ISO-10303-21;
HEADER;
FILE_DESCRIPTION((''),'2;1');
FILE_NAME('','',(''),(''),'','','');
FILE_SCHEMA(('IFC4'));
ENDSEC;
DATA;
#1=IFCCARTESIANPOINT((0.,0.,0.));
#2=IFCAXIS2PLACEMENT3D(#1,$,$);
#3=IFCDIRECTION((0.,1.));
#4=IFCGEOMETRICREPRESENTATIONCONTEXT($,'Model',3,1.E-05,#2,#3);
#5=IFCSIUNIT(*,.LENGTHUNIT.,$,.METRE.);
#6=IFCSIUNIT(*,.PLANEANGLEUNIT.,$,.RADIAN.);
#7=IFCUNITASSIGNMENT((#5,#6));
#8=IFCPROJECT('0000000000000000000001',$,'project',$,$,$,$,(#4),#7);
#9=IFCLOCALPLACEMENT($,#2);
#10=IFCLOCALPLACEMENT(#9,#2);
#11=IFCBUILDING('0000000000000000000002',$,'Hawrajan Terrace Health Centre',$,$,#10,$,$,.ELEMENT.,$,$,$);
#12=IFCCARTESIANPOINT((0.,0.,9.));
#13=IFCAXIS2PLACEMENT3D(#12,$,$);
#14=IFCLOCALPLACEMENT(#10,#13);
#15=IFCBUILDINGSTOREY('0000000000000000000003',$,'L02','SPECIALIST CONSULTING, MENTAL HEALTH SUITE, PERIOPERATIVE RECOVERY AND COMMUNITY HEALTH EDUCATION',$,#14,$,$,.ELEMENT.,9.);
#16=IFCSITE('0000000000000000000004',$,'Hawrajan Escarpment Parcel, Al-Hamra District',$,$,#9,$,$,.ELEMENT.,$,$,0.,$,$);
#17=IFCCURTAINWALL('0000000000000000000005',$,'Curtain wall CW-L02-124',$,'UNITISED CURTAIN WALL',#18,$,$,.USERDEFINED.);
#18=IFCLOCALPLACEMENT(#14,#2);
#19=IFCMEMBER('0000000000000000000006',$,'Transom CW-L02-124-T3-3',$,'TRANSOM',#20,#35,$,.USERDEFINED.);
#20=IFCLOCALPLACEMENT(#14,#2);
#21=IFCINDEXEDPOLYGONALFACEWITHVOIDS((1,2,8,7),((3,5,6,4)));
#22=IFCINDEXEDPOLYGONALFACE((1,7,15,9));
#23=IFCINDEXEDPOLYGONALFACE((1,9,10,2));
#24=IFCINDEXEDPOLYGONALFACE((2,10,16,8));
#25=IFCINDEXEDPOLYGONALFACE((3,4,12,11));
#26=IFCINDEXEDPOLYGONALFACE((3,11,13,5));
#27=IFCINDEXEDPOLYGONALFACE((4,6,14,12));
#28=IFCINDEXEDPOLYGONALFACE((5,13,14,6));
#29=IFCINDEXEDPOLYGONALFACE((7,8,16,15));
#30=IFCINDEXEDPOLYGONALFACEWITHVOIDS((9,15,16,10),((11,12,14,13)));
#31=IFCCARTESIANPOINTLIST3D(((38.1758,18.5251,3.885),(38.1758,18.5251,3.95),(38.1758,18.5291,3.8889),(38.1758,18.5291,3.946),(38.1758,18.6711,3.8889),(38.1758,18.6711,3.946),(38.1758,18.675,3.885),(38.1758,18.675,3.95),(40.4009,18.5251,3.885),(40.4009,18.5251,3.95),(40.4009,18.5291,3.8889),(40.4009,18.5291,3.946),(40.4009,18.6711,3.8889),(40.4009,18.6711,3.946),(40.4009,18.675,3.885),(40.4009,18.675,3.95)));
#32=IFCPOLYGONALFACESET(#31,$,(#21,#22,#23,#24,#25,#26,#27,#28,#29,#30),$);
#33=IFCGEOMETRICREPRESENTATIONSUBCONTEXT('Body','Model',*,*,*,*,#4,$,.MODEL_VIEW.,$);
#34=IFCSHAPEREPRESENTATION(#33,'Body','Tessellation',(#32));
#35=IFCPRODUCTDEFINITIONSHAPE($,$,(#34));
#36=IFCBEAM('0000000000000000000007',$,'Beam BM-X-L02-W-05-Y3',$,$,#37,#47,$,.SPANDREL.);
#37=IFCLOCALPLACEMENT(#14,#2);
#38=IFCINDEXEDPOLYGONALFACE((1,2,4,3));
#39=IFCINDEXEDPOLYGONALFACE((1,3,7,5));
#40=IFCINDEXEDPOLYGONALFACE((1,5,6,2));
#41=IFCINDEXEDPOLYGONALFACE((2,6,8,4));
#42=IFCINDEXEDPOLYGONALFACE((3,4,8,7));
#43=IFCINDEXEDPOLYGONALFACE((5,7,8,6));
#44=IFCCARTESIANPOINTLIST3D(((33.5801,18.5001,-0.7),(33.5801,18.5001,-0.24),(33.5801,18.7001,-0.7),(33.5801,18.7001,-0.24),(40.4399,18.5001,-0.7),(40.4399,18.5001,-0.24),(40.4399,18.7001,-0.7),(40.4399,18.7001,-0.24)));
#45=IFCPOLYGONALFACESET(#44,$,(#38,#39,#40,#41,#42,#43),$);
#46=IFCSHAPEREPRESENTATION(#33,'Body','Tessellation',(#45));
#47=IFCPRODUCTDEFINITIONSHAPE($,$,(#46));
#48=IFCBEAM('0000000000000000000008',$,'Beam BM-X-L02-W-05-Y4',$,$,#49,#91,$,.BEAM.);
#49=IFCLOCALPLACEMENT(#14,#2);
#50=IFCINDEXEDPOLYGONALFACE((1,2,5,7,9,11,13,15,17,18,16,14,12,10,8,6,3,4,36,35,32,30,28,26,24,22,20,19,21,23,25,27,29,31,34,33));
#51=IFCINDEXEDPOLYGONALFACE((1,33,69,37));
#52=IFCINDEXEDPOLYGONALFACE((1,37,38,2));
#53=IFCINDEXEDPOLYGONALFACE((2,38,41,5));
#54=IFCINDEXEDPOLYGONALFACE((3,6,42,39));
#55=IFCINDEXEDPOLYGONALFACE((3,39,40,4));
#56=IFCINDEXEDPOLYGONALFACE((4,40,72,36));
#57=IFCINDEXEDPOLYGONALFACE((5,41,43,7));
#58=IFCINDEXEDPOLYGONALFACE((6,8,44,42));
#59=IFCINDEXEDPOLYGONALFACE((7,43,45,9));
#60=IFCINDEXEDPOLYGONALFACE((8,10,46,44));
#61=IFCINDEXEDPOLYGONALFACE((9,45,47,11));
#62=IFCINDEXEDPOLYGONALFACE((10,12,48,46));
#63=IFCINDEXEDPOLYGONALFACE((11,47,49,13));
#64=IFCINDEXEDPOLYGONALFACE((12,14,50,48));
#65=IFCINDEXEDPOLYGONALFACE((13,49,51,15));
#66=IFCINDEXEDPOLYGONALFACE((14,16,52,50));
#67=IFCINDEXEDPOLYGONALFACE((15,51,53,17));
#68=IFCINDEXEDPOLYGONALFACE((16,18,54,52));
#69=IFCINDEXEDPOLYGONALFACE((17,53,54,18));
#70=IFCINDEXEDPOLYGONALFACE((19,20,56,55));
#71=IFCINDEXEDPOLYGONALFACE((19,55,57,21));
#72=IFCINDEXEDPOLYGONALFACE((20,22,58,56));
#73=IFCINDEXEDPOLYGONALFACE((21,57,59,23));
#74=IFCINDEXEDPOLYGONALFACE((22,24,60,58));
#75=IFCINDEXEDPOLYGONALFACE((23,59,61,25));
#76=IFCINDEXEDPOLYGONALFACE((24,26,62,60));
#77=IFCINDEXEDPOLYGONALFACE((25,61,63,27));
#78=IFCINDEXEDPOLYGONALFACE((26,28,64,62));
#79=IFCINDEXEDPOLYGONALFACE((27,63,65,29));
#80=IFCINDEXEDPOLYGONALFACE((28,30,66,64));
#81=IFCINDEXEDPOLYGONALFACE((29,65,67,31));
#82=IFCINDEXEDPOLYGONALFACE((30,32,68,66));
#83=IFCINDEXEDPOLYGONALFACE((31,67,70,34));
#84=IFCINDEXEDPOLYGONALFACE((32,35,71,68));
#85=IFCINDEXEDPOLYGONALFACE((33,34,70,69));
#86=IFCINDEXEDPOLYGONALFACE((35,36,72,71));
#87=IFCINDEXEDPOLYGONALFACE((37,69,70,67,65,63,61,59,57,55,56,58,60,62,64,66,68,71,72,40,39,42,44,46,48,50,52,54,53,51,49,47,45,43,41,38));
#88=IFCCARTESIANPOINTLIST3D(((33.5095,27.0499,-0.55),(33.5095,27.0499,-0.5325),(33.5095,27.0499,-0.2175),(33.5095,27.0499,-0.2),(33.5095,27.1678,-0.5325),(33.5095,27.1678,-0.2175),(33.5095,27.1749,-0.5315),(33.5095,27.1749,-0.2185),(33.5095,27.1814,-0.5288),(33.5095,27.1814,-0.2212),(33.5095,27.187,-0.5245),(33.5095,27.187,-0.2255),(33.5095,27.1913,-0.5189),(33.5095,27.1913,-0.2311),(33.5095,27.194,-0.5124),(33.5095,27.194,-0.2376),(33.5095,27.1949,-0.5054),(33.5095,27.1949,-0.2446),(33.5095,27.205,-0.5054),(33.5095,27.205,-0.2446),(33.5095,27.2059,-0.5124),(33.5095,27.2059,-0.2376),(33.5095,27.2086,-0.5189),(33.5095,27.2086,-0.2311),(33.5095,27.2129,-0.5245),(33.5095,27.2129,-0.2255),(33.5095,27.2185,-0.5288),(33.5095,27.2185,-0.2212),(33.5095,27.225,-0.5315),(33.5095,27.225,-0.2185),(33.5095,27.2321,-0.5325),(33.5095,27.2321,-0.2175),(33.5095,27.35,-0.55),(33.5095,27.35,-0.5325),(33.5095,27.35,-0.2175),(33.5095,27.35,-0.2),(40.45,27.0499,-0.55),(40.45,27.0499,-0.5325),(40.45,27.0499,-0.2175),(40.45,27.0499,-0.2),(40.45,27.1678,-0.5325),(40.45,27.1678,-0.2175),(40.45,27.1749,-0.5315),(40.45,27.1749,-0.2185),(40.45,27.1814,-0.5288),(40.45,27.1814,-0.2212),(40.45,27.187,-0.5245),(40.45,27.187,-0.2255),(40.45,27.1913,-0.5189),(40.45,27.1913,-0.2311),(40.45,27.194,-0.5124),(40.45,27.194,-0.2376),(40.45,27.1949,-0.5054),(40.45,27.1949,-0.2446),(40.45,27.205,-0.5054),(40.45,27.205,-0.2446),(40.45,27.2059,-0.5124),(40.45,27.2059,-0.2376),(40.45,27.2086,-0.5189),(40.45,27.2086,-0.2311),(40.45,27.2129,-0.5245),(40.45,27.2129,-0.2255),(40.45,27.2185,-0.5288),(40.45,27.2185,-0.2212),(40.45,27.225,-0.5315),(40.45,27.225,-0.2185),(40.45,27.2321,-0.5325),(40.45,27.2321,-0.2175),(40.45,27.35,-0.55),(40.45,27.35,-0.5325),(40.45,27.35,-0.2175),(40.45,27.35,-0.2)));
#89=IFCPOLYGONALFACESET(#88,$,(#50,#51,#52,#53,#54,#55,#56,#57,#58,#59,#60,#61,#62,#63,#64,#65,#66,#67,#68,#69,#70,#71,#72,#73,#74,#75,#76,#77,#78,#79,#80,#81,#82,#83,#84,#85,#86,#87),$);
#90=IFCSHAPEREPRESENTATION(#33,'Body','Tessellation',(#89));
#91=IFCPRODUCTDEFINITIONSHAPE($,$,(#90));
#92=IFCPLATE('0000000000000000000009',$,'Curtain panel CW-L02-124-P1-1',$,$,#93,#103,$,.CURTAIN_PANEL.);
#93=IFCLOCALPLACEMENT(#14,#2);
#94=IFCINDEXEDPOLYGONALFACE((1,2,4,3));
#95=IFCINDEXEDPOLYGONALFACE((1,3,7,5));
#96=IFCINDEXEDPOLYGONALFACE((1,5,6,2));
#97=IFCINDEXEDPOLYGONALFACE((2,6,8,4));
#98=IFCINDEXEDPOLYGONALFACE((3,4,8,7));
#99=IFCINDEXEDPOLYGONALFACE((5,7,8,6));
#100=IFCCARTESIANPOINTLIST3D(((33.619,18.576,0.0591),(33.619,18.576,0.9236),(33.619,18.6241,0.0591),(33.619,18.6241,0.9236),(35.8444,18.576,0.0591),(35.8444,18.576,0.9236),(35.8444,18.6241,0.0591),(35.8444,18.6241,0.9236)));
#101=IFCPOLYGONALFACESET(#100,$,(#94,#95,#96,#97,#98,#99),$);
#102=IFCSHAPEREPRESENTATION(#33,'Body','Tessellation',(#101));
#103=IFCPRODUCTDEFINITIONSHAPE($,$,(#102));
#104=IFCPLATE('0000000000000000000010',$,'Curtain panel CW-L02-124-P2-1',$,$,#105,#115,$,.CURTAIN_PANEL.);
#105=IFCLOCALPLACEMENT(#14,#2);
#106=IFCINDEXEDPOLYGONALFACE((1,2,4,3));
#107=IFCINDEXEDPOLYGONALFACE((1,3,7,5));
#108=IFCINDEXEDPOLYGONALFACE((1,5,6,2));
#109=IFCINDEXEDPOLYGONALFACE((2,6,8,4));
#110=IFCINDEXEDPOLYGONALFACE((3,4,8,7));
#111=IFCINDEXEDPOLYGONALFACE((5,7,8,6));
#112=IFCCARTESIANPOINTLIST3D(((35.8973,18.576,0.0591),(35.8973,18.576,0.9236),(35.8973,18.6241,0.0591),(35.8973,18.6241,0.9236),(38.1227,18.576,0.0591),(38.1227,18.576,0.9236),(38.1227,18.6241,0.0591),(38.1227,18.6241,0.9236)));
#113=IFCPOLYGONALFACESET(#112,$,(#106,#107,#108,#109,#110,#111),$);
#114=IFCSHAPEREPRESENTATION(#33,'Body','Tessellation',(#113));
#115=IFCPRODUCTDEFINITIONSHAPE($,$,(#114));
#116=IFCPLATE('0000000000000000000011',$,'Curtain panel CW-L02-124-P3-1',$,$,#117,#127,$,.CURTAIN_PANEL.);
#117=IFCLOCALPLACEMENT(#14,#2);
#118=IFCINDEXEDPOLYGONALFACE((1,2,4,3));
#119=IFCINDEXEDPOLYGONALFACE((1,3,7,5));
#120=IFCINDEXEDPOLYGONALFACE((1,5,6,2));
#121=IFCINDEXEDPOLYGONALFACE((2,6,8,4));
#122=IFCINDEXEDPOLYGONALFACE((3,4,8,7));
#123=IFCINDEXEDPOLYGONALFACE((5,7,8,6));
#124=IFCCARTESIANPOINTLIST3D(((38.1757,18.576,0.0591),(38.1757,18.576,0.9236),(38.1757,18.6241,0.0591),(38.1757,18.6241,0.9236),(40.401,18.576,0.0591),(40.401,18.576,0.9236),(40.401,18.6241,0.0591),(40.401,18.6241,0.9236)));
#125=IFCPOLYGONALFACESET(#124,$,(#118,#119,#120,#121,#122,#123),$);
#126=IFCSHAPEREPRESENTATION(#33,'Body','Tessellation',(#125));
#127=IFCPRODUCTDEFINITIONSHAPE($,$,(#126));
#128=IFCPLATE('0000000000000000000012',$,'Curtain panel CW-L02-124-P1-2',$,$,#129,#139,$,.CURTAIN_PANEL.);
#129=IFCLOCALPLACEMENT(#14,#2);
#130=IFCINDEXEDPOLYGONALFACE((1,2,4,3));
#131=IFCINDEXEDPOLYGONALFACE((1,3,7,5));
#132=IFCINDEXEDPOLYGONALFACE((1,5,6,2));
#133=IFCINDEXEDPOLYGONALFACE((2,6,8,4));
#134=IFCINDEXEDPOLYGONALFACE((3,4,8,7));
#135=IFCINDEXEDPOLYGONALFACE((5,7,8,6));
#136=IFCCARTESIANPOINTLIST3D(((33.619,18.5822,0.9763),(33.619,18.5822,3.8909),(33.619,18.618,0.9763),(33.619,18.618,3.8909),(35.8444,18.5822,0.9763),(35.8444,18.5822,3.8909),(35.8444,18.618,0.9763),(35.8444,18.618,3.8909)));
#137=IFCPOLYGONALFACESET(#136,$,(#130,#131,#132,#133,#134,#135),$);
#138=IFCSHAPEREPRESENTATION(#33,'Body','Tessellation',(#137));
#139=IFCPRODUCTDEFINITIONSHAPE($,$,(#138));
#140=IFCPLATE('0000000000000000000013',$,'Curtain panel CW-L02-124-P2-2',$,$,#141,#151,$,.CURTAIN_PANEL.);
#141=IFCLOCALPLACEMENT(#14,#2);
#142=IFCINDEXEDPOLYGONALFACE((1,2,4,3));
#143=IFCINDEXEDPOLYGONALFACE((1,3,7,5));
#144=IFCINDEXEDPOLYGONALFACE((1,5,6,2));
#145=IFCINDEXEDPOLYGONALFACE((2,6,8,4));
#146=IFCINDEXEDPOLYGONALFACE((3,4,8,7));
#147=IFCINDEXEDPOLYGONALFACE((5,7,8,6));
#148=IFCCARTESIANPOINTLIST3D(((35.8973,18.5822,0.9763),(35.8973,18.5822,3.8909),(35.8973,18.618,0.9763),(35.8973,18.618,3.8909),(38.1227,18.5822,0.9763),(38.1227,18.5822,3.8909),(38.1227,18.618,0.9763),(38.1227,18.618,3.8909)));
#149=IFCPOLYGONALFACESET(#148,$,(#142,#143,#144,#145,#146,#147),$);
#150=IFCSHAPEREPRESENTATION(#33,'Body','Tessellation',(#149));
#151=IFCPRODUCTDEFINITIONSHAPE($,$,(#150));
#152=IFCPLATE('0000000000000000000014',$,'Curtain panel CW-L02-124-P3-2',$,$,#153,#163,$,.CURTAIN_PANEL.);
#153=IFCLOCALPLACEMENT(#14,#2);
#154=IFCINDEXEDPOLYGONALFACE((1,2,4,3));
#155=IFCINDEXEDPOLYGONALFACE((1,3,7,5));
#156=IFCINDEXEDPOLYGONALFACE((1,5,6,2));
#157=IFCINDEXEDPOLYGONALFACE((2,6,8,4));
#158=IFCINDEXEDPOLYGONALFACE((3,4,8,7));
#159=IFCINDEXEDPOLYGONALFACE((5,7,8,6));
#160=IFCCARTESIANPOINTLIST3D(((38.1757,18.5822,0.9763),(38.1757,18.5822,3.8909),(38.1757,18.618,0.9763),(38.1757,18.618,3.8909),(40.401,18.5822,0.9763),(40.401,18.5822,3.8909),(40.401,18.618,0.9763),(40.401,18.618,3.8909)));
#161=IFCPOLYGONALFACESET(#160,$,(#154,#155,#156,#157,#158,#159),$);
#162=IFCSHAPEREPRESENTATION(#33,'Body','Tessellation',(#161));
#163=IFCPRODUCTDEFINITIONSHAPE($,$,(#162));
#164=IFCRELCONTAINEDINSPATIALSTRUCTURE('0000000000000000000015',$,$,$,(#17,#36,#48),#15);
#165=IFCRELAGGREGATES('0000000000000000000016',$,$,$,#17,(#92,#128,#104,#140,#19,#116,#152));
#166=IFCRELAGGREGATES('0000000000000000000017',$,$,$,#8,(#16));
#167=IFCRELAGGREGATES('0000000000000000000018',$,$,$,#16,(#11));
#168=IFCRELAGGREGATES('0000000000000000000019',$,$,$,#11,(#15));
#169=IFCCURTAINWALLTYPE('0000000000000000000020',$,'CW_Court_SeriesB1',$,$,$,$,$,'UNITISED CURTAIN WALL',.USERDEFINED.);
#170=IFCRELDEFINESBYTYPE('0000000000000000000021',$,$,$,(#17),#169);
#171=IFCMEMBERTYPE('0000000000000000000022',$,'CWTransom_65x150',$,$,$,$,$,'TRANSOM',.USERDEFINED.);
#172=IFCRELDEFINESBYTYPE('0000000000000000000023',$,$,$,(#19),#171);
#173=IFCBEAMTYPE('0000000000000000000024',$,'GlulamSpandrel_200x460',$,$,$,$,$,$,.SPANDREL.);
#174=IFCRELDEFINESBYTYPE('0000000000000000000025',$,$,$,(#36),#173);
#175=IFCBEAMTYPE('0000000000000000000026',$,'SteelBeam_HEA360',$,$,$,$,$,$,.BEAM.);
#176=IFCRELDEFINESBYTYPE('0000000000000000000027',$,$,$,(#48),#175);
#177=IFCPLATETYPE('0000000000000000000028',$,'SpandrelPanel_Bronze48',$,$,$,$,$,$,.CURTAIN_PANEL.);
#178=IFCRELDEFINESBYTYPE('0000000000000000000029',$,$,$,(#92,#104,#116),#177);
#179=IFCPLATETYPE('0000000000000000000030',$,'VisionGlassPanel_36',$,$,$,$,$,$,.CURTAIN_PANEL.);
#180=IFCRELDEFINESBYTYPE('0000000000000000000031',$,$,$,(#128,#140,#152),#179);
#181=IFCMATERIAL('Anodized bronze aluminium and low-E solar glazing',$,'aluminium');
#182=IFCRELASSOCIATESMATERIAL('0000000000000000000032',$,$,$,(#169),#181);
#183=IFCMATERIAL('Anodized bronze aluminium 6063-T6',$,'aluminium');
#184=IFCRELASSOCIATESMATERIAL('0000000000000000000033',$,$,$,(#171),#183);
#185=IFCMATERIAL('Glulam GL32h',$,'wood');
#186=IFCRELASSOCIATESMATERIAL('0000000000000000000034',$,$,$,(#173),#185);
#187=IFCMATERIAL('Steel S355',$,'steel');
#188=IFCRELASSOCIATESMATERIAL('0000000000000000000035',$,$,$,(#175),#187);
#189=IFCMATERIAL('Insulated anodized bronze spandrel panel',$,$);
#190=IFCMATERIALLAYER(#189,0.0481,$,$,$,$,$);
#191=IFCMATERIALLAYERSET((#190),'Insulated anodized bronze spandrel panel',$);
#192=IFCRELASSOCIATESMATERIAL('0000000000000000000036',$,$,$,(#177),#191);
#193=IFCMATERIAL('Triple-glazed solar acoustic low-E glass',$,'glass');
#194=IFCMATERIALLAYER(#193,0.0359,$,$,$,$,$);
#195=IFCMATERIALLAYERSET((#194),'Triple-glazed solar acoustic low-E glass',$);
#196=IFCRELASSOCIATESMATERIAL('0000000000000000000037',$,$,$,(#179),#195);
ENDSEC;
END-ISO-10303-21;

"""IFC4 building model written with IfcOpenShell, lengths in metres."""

from ifc_helpers import new_model, si_unit, direction, frame, origin, origin_2d, place, context, subcontext, project, spatial, rectangle, hollow_rectangle, i_section, extrude, material, layer, layer_set, material_profile, profile_set, type_object, element, aggregate, save


model = new_model("IFC4")

# Units and contexts
model_context = context("Model", 3, precision=1e-05, world=origin(), true_north=direction((0.0, 1.0)))
body_context = subcontext(model_context, "Body", "Model", "MODEL_VIEW")
ifc_project = project(units=[si_unit("LENGTHUNIT", "METRE"), si_unit("PLANEANGLEUNIT", "RADIAN")], contexts=[model_context])

# Site, building, storey
site_placement = place(None, origin())
site = spatial("IfcSite", under=ifc_project, at=site_placement, Name="Hawrajan Escarpment Parcel, Al-Hamra District", CompositionType="ELEMENT", RefElevation=0.0)
building_placement = place(site_placement, origin())
building = spatial("IfcBuilding", under=site, at=building_placement, Name="Hawrajan Terrace Health Centre", CompositionType="ELEMENT")
storey_placement = place(building_placement, frame((0.0, 0.0, 9.0)))
storey = spatial("IfcBuildingStorey", under=building, at=storey_placement, Name="L02", Description="SPECIALIST CONSULTING, MENTAL HEALTH SUITE, PERIOPERATIVE RECOVERY AND COMMUNITY HEALTH EDUCATION", CompositionType="ELEMENT", Elevation=9.0)

# Curtain wall, member
ifc_material_1 = material(Name="Anodized bronze aluminium and low-E solar glazing", Category="aluminium")
curtain_wall_type = type_object("IfcCurtainWallType", Name="CW_Court_SeriesB1", ElementType="UNITISED CURTAIN WALL", PredefinedType="USERDEFINED", material=ifc_material_1)
curtain_wall_placement = place(storey_placement, origin())
curtain_wall = element("IfcCurtainWall", 1, at=curtain_wall_placement, inside=storey, type_object=curtain_wall_type, Name="Curtain wall CW-L02-124", ObjectType="UNITISED CURTAIN WALL", PredefinedType="USERDEFINED")
ifc_material_2 = material(Name="Anodized bronze aluminium 6063-T6", Category="aluminium")
ifc_material_profile_1 = material_profile(ifc_material_2, hollow_rectangle(XDim=0.0649, YDim=0.1499, WallThickness=0.0039, at=origin_2d()), Name="CW TRN 65x150")
ifc_profile_set_1 = profile_set([ifc_material_profile_1], Name="Anodized bronze aluminium 6063-T6")
member_type_1 = type_object("IfcMemberType", Name="CWTransom_65x150", ElementType="TRANSOM", PredefinedType="USERDEFINED", material=ifc_profile_set_1)
member_1_placement = place(storey_placement, frame((38.1758, 18.6001, 3.9175), z_axis=(1.0, 0.0, 0.0), x_axis=(0.0, 0.0, 1.0)))
member_1 = element("IfcMember", 2, at=member_1_placement, type_object=member_type_1, Name="Transom CW-L02-124-T3-3", ObjectType="TRANSOM", PredefinedType="USERDEFINED", context=body_context, shape_type="SweptSolid", body=[
    extrude(hollow_rectangle(XDim=0.0649, YDim=0.1499, WallThickness=0.0039, at=origin_2d()), origin(), (0.0, 0.0, 1.0), 2.2251),
])

# Beams
ifc_material_3 = material(Name="Glulam GL32h", Category="wood")
ifc_material_profile_2 = material_profile(ifc_material_3, rectangle(XDim=0.2, YDim=0.46, at=origin_2d()), Name="GL SP 200x460")
ifc_profile_set_2 = profile_set([ifc_material_profile_2], Name="Glulam GL32h")
beam_type_1 = type_object("IfcBeamType", Name="GlulamSpandrel_200x460", PredefinedType="SPANDREL", material=ifc_profile_set_2)
beam_1_placement = place(storey_placement, frame((33.5801, 18.6001, -0.47), z_axis=(1.0, 0.0, 0.0), x_axis=(0.0, 1.0, 0.0)))
element("IfcBeam", 3, at=beam_1_placement, inside=storey, type_object=beam_type_1, Name="Beam BM-X-L02-W-05-Y3", PredefinedType="SPANDREL", context=body_context, shape_type="SweptSolid", body=[
    extrude(rectangle(XDim=0.2, YDim=0.46, at=origin_2d()), origin(), (0.0, 0.0, 1.0), 6.8599),
])
ifc_material_4 = material(Name="Steel S355", Category="steel")
ifc_material_profile_3 = material_profile(ifc_material_4, i_section(OverallWidth=0.3, OverallDepth=0.3501, WebThickness=0.01, FlangeThickness=0.0176, FilletRadius=0.0271, at=origin_2d()), Name="HEA 360")
ifc_profile_set_3 = profile_set([ifc_material_profile_3], Name="Steel S355")
beam_type_2 = type_object("IfcBeamType", Name="SteelBeam_HEA360", PredefinedType="BEAM", material=ifc_profile_set_3)
beam_2_placement = place(storey_placement, frame((33.5095, 27.2, -0.375), z_axis=(1.0, 0.0, 0.0), x_axis=(0.0, 1.0, 0.0)))
element("IfcBeam", 4, at=beam_2_placement, inside=storey, type_object=beam_type_2, Name="Beam BM-X-L02-W-05-Y4", PredefinedType="BEAM", context=body_context, shape_type="SweptSolid", body=[
    extrude(i_section(OverallWidth=0.3, OverallDepth=0.3501, WebThickness=0.01, FlangeThickness=0.0176, FilletRadius=0.0271, at=origin_2d()), origin(), (0.0, 0.0, 1.0), 6.9404),
])

# Plates
ifc_material_5 = material(Name="Insulated anodized bronze spandrel panel")
ifc_layer_1 = layer(ifc_material_5, 0.0481)
ifc_layer_set_1 = layer_set([ifc_layer_1], Name="Insulated anodized bronze spandrel panel")
plate_type_1 = type_object("IfcPlateType", Name="SpandrelPanel_Bronze48", PredefinedType="CURTAIN_PANEL", material=ifc_layer_set_1)
plate_1_placement = place(storey_placement, frame((34.7317, 18.6001, 0.0591), z_axis=(0.0, 0.0, 1.0), x_axis=(1.0, 0.0, 0.0)))
plate_1 = element("IfcPlate", 5, at=plate_1_placement, type_object=plate_type_1, Name="Curtain panel CW-L02-124-P1-1", PredefinedType="CURTAIN_PANEL", context=body_context, shape_type="SweptSolid", body=[
    extrude(rectangle(XDim=2.2253, YDim=0.0481, at=origin_2d()), origin(), (0.0, 0.0, 1.0), 0.8645),
])
plate_2_placement = place(storey_placement, frame((37.01, 18.6001, 0.0591), z_axis=(0.0, 0.0, 1.0), x_axis=(1.0, 0.0, 0.0)))
plate_2 = element("IfcPlate", 6, at=plate_2_placement, type_object=plate_type_1, Name="Curtain panel CW-L02-124-P2-1", PredefinedType="CURTAIN_PANEL", context=body_context, shape_type="SweptSolid", body=[
    extrude(rectangle(XDim=2.2253, YDim=0.0481, at=origin_2d()), origin(), (0.0, 0.0, 1.0), 0.8645),
])
plate_3_placement = place(storey_placement, frame((39.2883, 18.6001, 0.0591), z_axis=(0.0, 0.0, 1.0), x_axis=(1.0, 0.0, 0.0)))
plate_3 = element("IfcPlate", 7, at=plate_3_placement, type_object=plate_type_1, Name="Curtain panel CW-L02-124-P3-1", PredefinedType="CURTAIN_PANEL", context=body_context, shape_type="SweptSolid", body=[
    extrude(rectangle(XDim=2.2253, YDim=0.0481, at=origin_2d()), origin(), (0.0, 0.0, 1.0), 0.8645),
])
ifc_material_6 = material(Name="Triple-glazed solar acoustic low-E glass", Category="glass")
ifc_layer_2 = layer(ifc_material_6, 0.0359)
ifc_layer_set_2 = layer_set([ifc_layer_2], Name="Triple-glazed solar acoustic low-E glass")
plate_type_2 = type_object("IfcPlateType", Name="VisionGlassPanel_36", PredefinedType="CURTAIN_PANEL", material=ifc_layer_set_2)
plate_4_placement = place(storey_placement, frame((34.7317, 18.6001, 0.9763), z_axis=(0.0, 0.0, 1.0), x_axis=(1.0, 0.0, 0.0)))
plate_4 = element("IfcPlate", 8, at=plate_4_placement, type_object=plate_type_2, Name="Curtain panel CW-L02-124-P1-2", PredefinedType="CURTAIN_PANEL", context=body_context, shape_type="SweptSolid", body=[
    extrude(rectangle(XDim=2.2253, YDim=0.0359, at=origin_2d()), origin(), (0.0, 0.0, 1.0), 2.9146),
])
plate_5_placement = place(storey_placement, frame((37.01, 18.6001, 0.9763), z_axis=(0.0, 0.0, 1.0), x_axis=(1.0, 0.0, 0.0)))
plate_5 = element("IfcPlate", 9, at=plate_5_placement, type_object=plate_type_2, Name="Curtain panel CW-L02-124-P2-2", PredefinedType="CURTAIN_PANEL", context=body_context, shape_type="SweptSolid", body=[
    extrude(rectangle(XDim=2.2253, YDim=0.0359, at=origin_2d()), origin(), (0.0, 0.0, 1.0), 2.9146),
])
plate_6_placement = place(storey_placement, frame((39.2883, 18.6001, 0.9763), z_axis=(0.0, 0.0, 1.0), x_axis=(1.0, 0.0, 0.0)))
plate_6 = element("IfcPlate", 10, at=plate_6_placement, type_object=plate_type_2, Name="Curtain panel CW-L02-124-P3-2", PredefinedType="CURTAIN_PANEL", context=body_context, shape_type="SweptSolid", body=[
    extrude(rectangle(XDim=2.2253, YDim=0.0359, at=origin_2d()), origin(), (0.0, 0.0, 1.0), 2.9146),
])
aggregate(curtain_wall, [plate_1, plate_4, plate_2, plate_5, member_1, plate_3, plate_6])

save(model, "model.ifc")
